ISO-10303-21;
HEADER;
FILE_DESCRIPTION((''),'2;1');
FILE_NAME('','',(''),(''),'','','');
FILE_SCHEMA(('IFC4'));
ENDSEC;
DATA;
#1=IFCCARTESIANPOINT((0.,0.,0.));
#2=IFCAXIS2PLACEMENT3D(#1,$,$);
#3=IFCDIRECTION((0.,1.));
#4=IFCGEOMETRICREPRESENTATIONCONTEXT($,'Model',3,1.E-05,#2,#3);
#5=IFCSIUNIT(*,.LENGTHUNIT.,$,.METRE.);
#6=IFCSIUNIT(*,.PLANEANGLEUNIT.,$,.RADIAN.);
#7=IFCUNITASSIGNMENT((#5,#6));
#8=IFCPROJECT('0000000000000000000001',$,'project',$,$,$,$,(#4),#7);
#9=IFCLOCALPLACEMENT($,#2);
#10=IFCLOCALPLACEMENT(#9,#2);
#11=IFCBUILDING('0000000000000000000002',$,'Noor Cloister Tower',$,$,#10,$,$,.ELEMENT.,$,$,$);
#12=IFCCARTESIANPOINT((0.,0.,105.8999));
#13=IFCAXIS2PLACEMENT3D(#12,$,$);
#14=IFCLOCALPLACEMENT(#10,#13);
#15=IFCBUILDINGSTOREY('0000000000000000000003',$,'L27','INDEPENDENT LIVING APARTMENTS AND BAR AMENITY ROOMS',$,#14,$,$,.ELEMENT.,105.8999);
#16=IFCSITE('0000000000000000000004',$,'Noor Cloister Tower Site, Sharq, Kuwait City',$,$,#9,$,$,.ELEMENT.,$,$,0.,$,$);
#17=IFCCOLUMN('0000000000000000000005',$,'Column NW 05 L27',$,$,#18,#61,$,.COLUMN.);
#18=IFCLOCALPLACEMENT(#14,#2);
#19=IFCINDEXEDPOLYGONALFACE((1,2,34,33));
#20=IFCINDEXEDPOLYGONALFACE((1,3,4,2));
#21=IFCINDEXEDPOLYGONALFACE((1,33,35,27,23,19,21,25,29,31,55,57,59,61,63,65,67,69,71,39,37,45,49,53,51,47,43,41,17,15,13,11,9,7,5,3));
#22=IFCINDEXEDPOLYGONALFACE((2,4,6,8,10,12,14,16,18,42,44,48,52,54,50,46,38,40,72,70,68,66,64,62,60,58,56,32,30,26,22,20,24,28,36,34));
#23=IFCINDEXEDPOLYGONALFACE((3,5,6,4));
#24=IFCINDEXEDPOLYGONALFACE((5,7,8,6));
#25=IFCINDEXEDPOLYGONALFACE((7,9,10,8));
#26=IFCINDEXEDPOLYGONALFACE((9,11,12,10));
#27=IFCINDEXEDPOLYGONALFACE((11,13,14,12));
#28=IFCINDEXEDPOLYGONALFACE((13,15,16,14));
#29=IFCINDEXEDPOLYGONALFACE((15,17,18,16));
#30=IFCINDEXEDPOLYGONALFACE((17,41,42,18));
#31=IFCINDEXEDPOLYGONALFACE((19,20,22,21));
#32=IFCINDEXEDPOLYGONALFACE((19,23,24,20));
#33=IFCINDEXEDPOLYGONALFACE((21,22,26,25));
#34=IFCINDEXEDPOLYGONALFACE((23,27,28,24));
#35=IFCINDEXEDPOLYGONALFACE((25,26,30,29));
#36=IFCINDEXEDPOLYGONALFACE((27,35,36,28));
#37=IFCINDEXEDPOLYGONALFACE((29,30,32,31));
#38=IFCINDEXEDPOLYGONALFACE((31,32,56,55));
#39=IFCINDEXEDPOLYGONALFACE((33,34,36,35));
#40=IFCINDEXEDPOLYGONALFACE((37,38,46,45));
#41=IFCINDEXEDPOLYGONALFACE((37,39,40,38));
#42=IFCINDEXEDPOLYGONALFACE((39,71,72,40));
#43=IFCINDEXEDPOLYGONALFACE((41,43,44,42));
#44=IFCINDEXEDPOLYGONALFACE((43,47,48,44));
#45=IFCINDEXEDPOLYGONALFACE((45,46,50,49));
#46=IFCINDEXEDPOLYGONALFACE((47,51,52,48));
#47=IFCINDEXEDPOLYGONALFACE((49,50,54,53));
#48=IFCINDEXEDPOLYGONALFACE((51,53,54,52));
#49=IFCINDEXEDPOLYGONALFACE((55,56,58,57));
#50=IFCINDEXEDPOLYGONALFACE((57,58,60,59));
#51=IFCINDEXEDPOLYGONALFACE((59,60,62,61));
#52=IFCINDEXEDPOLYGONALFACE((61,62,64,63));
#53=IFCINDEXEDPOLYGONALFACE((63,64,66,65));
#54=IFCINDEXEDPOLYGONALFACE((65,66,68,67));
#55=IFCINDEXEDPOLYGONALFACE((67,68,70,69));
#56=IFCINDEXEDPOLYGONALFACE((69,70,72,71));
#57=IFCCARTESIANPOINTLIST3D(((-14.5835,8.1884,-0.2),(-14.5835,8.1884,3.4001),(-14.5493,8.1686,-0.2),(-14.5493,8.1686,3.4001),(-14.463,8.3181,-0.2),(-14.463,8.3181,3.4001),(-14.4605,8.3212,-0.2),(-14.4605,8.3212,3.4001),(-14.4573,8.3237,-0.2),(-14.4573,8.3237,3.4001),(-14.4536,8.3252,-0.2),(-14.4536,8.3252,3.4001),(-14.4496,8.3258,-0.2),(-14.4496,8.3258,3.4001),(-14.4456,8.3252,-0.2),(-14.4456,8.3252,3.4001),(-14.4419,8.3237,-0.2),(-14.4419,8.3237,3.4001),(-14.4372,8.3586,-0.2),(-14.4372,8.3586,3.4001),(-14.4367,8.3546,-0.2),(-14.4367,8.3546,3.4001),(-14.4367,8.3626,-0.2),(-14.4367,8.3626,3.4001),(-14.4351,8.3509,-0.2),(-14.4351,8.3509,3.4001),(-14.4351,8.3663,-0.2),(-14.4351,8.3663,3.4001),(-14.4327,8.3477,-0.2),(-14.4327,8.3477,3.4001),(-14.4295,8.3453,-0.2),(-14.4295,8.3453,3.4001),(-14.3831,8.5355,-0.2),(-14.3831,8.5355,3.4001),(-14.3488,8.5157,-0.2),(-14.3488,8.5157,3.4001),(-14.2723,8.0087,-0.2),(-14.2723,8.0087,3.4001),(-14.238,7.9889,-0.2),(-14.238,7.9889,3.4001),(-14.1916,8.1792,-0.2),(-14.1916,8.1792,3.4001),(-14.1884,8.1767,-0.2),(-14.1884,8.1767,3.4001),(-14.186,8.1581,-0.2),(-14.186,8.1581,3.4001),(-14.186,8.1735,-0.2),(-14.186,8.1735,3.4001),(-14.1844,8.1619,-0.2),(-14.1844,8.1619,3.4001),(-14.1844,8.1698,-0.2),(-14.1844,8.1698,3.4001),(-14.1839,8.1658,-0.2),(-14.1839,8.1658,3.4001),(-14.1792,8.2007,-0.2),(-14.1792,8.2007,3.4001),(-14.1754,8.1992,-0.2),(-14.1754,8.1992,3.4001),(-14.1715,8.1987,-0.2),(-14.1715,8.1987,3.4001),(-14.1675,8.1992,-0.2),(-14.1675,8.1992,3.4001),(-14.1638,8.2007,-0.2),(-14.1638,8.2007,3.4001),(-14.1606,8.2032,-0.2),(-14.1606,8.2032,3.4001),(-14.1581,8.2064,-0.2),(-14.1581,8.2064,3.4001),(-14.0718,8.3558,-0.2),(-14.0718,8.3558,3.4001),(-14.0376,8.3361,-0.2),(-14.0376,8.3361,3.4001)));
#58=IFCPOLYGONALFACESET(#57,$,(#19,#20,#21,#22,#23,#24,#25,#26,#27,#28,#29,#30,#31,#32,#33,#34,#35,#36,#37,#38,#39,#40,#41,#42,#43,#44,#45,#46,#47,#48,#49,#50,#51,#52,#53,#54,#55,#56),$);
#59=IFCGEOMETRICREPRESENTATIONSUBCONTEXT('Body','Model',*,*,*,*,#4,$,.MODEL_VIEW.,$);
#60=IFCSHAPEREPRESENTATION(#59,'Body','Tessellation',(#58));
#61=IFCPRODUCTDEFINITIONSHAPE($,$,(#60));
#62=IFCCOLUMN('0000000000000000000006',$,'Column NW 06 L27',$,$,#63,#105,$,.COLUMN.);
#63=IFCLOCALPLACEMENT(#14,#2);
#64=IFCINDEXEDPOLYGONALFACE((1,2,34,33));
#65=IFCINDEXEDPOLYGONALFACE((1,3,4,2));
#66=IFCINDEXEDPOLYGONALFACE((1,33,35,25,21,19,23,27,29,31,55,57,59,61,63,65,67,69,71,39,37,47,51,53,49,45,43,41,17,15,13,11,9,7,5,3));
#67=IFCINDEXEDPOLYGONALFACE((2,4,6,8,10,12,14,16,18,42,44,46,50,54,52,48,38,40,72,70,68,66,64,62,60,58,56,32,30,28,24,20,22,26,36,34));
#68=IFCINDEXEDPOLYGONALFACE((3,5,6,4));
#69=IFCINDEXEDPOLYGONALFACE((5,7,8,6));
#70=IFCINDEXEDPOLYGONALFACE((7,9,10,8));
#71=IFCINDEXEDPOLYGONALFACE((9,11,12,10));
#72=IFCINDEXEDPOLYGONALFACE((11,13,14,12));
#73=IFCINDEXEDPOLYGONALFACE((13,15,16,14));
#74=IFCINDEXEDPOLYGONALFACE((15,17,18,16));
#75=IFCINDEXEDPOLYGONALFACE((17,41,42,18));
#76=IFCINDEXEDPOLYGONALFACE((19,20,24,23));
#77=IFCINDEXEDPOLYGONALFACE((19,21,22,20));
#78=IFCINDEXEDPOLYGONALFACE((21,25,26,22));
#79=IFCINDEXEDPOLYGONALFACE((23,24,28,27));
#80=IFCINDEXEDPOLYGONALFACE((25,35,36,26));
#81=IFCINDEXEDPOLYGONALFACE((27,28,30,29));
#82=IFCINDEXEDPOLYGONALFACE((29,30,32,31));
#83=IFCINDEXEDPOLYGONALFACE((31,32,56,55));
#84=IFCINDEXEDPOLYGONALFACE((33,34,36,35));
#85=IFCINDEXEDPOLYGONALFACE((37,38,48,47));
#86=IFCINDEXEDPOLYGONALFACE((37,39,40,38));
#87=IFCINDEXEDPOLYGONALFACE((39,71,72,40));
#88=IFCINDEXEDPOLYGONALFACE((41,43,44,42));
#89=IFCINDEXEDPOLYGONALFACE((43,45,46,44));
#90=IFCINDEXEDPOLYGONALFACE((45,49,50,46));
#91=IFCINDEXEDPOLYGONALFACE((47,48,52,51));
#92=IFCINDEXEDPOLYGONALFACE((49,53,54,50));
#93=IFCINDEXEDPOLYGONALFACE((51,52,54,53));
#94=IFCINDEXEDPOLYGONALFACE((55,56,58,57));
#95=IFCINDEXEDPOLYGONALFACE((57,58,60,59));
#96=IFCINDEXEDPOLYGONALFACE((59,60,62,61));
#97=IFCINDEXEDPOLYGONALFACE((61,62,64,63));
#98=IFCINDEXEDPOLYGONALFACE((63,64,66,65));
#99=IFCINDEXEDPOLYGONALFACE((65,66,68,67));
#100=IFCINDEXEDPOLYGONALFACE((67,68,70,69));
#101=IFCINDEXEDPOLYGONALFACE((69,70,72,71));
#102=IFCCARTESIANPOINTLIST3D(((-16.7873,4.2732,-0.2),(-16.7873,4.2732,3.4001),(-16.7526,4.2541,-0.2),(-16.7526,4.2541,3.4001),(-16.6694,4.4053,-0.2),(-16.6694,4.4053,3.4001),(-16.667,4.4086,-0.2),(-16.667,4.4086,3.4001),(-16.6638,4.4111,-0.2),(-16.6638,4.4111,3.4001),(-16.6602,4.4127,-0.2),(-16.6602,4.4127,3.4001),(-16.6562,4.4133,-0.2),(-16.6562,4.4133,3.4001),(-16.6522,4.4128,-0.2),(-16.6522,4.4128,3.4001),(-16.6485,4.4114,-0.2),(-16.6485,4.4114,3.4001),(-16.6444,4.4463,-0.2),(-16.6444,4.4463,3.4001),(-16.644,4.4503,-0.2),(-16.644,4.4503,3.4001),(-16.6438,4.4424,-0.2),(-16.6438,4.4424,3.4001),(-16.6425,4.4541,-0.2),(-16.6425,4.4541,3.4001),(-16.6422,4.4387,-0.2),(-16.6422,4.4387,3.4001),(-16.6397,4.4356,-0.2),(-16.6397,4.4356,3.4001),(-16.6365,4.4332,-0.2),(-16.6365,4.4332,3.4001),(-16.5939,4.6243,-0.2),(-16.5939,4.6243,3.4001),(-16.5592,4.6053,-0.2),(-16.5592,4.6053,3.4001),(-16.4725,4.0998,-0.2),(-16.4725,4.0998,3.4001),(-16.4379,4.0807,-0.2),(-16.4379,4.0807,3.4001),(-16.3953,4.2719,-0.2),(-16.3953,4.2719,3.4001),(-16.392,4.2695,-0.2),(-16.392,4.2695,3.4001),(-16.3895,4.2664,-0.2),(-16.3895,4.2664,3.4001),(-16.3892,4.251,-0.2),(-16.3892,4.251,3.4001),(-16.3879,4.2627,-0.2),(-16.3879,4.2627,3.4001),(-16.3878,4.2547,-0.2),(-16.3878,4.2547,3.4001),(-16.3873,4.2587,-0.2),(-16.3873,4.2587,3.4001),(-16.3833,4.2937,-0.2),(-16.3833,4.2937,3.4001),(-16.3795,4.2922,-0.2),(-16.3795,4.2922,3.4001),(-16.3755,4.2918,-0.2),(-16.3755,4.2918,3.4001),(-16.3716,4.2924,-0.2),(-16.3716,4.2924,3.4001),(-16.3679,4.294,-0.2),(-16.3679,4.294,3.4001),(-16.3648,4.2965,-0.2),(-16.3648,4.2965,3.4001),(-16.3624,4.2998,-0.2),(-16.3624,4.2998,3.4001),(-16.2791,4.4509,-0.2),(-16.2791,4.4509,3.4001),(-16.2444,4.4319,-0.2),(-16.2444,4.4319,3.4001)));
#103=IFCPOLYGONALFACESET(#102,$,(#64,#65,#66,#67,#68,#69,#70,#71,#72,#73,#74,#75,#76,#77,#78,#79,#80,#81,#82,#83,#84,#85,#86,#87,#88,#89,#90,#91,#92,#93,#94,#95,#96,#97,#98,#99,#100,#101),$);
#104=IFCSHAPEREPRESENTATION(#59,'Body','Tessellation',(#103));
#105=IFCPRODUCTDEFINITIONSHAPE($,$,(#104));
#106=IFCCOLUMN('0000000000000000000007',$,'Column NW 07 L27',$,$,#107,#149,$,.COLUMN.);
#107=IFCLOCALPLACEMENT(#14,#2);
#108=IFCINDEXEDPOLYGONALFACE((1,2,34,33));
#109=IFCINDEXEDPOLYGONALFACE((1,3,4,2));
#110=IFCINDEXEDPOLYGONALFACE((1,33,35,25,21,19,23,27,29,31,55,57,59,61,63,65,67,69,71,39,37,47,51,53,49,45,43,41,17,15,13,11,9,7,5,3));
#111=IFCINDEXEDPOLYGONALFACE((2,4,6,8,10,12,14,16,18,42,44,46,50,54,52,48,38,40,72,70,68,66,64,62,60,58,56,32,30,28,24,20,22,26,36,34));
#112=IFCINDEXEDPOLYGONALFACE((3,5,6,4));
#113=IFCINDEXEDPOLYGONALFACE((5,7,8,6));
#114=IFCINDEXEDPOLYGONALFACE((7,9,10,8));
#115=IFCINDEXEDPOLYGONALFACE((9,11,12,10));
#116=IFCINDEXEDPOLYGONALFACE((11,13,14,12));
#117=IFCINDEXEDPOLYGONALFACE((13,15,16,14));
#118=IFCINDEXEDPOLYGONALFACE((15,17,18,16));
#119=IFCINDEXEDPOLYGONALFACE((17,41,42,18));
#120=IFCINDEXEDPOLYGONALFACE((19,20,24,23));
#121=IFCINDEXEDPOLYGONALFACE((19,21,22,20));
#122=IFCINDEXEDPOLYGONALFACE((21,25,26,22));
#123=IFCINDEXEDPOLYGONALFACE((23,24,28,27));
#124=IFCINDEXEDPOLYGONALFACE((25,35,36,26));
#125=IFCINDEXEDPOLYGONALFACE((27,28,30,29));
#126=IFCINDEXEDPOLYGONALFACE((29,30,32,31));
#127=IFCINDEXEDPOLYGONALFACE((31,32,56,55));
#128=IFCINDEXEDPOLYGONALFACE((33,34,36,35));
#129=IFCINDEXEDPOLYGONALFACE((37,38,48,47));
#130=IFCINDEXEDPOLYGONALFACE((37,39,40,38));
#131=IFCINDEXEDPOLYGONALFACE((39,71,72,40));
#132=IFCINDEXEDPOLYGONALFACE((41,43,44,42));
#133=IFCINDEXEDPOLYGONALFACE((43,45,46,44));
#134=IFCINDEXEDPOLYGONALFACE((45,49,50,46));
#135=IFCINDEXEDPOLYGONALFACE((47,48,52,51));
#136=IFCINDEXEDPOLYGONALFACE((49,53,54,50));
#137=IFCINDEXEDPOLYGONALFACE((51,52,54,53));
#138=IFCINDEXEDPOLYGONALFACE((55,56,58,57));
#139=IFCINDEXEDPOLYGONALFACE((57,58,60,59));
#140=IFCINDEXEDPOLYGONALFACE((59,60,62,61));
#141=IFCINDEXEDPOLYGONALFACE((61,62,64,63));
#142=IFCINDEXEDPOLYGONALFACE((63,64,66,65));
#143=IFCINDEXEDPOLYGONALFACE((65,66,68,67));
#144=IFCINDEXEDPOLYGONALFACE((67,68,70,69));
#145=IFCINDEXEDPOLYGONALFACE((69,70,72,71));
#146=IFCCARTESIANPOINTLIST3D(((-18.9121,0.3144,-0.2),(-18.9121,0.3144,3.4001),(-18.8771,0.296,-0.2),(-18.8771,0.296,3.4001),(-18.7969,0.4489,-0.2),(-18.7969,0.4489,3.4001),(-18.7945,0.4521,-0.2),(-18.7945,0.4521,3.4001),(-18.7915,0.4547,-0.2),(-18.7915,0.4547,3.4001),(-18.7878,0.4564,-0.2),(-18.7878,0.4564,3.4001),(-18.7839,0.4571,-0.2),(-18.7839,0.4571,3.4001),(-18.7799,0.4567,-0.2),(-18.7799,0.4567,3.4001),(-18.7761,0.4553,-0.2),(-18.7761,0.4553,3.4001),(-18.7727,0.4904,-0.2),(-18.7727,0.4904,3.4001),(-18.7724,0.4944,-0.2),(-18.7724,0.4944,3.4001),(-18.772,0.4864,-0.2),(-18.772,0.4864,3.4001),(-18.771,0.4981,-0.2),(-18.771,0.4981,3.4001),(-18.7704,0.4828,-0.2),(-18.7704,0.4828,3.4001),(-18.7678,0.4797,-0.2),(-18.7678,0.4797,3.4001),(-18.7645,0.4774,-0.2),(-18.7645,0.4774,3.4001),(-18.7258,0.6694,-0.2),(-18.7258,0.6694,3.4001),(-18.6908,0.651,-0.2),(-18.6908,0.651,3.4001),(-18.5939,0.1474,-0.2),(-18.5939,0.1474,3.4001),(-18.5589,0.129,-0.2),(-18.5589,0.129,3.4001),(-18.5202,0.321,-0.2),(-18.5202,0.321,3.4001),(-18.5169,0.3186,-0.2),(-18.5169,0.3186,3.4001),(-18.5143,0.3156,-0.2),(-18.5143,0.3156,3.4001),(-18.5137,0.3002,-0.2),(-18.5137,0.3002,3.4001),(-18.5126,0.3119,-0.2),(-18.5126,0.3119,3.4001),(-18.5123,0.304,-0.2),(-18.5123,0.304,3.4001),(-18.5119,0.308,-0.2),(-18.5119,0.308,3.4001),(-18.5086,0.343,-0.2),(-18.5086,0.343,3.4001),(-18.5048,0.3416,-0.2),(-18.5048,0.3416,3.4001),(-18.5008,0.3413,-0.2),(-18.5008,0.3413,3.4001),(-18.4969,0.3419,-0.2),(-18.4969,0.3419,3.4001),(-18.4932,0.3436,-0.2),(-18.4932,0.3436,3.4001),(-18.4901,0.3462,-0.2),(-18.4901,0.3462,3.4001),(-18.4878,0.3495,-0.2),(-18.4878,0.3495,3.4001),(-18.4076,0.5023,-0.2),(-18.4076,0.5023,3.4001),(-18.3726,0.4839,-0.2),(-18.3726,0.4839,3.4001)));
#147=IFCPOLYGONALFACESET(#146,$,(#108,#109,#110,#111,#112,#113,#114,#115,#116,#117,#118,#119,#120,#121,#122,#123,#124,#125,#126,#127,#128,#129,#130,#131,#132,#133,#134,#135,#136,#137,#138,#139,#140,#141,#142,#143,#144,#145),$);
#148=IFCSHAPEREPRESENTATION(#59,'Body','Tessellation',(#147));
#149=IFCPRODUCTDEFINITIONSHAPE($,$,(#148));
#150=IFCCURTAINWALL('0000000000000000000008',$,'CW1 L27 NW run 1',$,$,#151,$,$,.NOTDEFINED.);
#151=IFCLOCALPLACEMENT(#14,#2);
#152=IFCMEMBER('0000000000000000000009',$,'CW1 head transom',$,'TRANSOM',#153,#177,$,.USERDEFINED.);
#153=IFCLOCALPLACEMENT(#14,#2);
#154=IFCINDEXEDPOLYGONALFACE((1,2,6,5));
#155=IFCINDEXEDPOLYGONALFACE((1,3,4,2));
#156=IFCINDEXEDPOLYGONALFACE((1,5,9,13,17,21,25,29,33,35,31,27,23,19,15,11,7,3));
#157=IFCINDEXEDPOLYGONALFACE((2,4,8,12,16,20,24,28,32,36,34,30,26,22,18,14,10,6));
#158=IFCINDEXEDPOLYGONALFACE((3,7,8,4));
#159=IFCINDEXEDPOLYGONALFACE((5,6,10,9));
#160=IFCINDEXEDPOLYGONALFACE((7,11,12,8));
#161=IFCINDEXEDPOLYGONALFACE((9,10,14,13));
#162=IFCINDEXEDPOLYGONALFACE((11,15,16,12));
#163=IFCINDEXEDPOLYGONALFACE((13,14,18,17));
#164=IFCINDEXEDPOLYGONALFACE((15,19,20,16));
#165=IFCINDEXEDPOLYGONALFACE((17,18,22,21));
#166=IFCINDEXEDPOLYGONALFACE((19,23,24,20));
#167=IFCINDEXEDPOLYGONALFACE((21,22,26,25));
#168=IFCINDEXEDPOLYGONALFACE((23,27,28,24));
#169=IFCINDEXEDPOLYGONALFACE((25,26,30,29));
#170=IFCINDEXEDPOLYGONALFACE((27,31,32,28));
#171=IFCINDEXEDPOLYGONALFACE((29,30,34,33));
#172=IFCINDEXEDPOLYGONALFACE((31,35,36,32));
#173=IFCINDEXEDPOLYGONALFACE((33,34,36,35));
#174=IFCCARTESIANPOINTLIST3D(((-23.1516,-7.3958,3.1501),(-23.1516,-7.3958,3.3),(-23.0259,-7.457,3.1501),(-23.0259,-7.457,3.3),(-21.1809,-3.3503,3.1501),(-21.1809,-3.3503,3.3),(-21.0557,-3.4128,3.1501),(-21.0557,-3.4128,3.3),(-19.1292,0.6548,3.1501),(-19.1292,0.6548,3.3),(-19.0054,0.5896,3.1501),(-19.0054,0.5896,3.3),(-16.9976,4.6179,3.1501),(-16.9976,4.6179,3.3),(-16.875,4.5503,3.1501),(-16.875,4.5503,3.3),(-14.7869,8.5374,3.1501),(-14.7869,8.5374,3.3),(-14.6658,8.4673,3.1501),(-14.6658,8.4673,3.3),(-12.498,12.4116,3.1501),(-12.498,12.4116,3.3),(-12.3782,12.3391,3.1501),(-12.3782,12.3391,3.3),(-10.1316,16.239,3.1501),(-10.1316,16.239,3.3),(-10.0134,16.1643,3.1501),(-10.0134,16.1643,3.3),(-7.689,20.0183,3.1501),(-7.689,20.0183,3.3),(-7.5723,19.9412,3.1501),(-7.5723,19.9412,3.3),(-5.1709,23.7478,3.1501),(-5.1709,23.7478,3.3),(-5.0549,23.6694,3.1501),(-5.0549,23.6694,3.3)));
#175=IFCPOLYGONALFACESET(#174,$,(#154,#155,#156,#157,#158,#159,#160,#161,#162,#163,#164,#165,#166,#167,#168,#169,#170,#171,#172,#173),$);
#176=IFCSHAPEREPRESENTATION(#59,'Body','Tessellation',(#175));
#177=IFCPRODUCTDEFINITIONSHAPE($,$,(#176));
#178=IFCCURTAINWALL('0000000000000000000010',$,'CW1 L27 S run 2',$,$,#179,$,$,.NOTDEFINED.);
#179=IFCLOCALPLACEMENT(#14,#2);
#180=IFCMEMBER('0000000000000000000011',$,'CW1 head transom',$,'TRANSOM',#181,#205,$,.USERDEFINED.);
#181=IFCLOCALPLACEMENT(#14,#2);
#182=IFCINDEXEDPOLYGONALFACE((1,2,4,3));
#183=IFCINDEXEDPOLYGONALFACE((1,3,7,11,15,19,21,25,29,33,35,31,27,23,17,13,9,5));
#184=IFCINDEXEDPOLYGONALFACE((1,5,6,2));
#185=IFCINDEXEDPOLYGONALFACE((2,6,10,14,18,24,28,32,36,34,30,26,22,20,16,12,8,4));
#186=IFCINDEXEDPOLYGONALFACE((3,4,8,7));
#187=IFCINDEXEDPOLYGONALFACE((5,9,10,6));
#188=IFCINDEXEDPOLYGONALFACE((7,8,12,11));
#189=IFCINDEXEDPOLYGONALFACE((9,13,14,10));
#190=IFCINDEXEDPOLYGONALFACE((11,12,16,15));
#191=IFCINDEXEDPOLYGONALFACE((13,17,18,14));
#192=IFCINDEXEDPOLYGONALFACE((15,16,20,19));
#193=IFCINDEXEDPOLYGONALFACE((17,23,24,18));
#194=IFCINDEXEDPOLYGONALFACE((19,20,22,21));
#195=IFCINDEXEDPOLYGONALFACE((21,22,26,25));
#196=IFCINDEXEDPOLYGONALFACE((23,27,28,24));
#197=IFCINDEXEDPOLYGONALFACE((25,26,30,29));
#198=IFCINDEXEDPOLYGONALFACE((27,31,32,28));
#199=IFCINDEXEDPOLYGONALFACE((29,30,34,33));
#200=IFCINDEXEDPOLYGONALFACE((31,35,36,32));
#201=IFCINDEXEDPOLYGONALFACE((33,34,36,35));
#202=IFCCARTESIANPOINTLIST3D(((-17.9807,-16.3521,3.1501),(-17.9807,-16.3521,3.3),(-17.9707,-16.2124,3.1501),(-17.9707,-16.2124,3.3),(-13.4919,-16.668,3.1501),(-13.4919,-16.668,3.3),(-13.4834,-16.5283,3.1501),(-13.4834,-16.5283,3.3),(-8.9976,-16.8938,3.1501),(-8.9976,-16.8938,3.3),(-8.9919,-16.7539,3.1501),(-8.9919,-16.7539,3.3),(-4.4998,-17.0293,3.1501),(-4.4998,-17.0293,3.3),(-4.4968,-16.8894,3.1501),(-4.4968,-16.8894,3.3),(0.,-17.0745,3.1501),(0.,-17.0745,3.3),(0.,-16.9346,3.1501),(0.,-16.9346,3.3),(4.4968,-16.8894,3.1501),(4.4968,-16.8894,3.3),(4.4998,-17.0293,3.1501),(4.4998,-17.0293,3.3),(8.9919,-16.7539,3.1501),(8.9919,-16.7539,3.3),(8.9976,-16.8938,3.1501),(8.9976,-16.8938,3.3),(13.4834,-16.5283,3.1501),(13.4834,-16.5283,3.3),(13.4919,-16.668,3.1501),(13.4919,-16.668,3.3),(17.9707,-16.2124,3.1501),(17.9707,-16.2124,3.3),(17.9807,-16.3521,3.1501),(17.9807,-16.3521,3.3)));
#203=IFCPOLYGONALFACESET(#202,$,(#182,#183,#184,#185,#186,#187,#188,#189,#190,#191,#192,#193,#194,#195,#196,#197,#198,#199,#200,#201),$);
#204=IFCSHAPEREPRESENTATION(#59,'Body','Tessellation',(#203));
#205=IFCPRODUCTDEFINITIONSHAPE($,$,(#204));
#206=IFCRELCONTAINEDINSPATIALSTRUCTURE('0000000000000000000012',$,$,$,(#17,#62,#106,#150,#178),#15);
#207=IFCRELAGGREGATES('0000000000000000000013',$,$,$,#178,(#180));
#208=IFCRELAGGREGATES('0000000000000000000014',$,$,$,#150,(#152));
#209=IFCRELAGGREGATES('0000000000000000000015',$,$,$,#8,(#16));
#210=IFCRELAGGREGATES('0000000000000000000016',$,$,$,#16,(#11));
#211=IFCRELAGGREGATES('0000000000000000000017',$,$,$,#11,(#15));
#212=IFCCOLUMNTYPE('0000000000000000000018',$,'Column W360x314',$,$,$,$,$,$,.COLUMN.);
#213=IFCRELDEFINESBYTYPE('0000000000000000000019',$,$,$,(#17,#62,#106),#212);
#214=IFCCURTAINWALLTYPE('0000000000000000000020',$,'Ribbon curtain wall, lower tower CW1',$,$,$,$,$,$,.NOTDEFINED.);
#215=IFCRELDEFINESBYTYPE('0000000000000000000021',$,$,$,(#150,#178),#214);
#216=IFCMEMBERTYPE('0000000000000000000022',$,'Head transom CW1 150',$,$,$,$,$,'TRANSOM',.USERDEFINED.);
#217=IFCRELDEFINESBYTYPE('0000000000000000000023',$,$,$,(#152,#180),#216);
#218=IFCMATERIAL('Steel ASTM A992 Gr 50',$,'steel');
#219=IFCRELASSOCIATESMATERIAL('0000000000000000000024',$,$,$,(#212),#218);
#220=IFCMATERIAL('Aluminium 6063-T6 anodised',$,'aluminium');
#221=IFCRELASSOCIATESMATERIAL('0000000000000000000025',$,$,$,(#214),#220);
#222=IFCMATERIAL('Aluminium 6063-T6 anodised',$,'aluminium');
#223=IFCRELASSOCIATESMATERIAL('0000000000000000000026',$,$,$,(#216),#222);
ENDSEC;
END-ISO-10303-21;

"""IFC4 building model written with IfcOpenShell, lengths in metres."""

from ifc_helpers import new_model, si_unit, direction, frame, origin, origin_2d, place, context, subcontext, project, spatial, polyline, i_section, outline, extrude, material, material_profile, profile_set, type_object, element, aggregate, save


model = new_model("IFC4")

# Units and contexts
model_context = context("Model", 3, precision=1e-05, world=origin(), true_north=direction((0.0, 1.0)))
body_context = subcontext(model_context, "Body", "Model", "MODEL_VIEW")
ifc_project = project(units=[si_unit("LENGTHUNIT", "METRE"), si_unit("PLANEANGLEUNIT", "RADIAN")], contexts=[model_context])

# Site, building, storey
site_placement = place(None, origin())
site = spatial("IfcSite", under=ifc_project, at=site_placement, Name="Noor Cloister Tower Site, Sharq, Kuwait City", CompositionType="ELEMENT", RefElevation=0.0)
building_placement = place(site_placement, origin())
building = spatial("IfcBuilding", under=site, at=building_placement, Name="Noor Cloister Tower", CompositionType="ELEMENT")
storey_placement = place(building_placement, frame((0.0, 0.0, 105.8999)))
storey = spatial("IfcBuildingStorey", under=building, at=storey_placement, Name="L27", Description="INDEPENDENT LIVING APARTMENTS AND BAR AMENITY ROOMS", CompositionType="ELEMENT", Elevation=105.8999)

# Columns
ifc_material_1 = material(Name="Steel ASTM A992 Gr 50", Category="steel")
ifc_material_profile_1 = material_profile(ifc_material_1, i_section(OverallWidth=0.4009, OverallDepth=0.3989, WebThickness=0.0249, FlangeThickness=0.0396, FilletRadius=0.0154, at=origin_2d()), Name="W360x314")
ifc_profile_set_1 = profile_set([ifc_material_profile_1], Name="Steel ASTM A992 Gr 50")
column_type = type_object("IfcColumnType", Name="Column W360x314", PredefinedType="COLUMN", material=ifc_profile_set_1)
for number, where, z_axis, x_axis, name in (
    (1, (-14.3105, 8.2622, -0.2), (0.0, 0.0, 1.0), (-0.5, -0.866025, 0.0), "Column NW 05 L27"),
    (2, (-16.5159, 4.3525, -0.2), (0.0, 0.0, 1.0), (-0.482512, -0.87589, 0.0), "Column NW 06 L27"),
    (3, (-18.6423, 0.3992, -0.2), (0.0, 0.0, 1.0), (-0.464829, -0.885401, 0.0), "Column NW 07 L27"),
):
    element("IfcColumn", number, at=place(storey_placement, frame(where, z_axis=z_axis, x_axis=x_axis)), inside=storey, type_object=column_type, Name=name, PredefinedType="COLUMN", context=body_context, shape_type="SweptSolid", body=[
        extrude(i_section(OverallWidth=0.4009, OverallDepth=0.3989, WebThickness=0.0249, FlangeThickness=0.0396, FilletRadius=0.0154, at=origin_2d()), origin(), (0.0, 0.0, 1.0), 3.6001),
    ])

# Curtain walls, members
ifc_material_2 = material(Name="Aluminium 6063-T6 anodised", Category="aluminium")
curtain_wall_type = type_object("IfcCurtainWallType", Name="Ribbon curtain wall, lower tower CW1", PredefinedType="NOTDEFINED", material=ifc_material_2)
curtain_wall_1_placement = place(storey_placement, origin())
curtain_wall_1 = element("IfcCurtainWall", 4, at=curtain_wall_1_placement, inside=storey, type_object=curtain_wall_type, Name="CW1 L27 NW run 1", PredefinedType="NOTDEFINED")
ifc_material_3 = material(Name="Aluminium 6063-T6 anodised", Category="aluminium")
member_type_1 = type_object("IfcMemberType", Name="Head transom CW1 150", ElementType="TRANSOM", PredefinedType="USERDEFINED", material=ifc_material_3)
member_1_placement = place(storey_placement, frame((0.0, 0.0, 3.1501)))
member_1 = element("IfcMember", 5, at=member_1_placement, type_object=member_type_1, Name="CW1 head transom", ObjectType="TRANSOM", PredefinedType="USERDEFINED", context=body_context, shape_type="SweptSolid", body=[
    extrude(outline(polyline([(-5.1709, 23.7478), (-7.689, 20.0183), (-10.1316, 16.239), (-12.498, 12.4116), (-14.7869, 8.5374), (-16.9976, 4.6179), (-19.1292, 0.6548), (-21.1809, -3.3503), (-23.1516, -7.3958), (-23.0259, -7.457), (-21.0557, -3.4128), (-19.0054, 0.5896), (-16.875, 4.5503), (-14.6658, 8.4673), (-12.3782, 12.3391), (-10.0134, 16.1643), (-7.5723, 19.9412), (-5.0549, 23.6694), (-5.1709, 23.7478)])), origin(), (0.0, 0.0, 1.0), 0.1499),
])
curtain_wall_2_placement = place(storey_placement, origin())
curtain_wall_2 = element("IfcCurtainWall", 6, at=curtain_wall_2_placement, inside=storey, type_object=curtain_wall_type, Name="CW1 L27 S run 2", PredefinedType="NOTDEFINED")
member_2_placement = place(storey_placement, frame((0.0, 0.0, 3.1501)))
member_2 = element("IfcMember", 7, at=member_2_placement, type_object=member_type_1, Name="CW1 head transom", ObjectType="TRANSOM", PredefinedType="USERDEFINED", context=body_context, shape_type="SweptSolid", body=[
    extrude(outline(polyline([(-17.9807, -16.3521), (-13.4919, -16.668), (-8.9976, -16.8938), (-4.4998, -17.0293), (0.0, -17.0745), (4.4998, -17.0293), (8.9976, -16.8938), (13.4919, -16.668), (17.9807, -16.3521), (17.9707, -16.2124), (13.4834, -16.5283), (8.9919, -16.7539), (4.4968, -16.8894), (0.0, -16.9346), (-4.4968, -16.8894), (-8.9919, -16.7539), (-13.4834, -16.5283), (-17.9707, -16.2124), (-17.9807, -16.3521)])), origin(), (0.0, 0.0, 1.0), 0.1499),
])

aggregate(curtain_wall_2, [member_2])

aggregate(curtain_wall_1, [member_1])

save(model, "model.ifc")
